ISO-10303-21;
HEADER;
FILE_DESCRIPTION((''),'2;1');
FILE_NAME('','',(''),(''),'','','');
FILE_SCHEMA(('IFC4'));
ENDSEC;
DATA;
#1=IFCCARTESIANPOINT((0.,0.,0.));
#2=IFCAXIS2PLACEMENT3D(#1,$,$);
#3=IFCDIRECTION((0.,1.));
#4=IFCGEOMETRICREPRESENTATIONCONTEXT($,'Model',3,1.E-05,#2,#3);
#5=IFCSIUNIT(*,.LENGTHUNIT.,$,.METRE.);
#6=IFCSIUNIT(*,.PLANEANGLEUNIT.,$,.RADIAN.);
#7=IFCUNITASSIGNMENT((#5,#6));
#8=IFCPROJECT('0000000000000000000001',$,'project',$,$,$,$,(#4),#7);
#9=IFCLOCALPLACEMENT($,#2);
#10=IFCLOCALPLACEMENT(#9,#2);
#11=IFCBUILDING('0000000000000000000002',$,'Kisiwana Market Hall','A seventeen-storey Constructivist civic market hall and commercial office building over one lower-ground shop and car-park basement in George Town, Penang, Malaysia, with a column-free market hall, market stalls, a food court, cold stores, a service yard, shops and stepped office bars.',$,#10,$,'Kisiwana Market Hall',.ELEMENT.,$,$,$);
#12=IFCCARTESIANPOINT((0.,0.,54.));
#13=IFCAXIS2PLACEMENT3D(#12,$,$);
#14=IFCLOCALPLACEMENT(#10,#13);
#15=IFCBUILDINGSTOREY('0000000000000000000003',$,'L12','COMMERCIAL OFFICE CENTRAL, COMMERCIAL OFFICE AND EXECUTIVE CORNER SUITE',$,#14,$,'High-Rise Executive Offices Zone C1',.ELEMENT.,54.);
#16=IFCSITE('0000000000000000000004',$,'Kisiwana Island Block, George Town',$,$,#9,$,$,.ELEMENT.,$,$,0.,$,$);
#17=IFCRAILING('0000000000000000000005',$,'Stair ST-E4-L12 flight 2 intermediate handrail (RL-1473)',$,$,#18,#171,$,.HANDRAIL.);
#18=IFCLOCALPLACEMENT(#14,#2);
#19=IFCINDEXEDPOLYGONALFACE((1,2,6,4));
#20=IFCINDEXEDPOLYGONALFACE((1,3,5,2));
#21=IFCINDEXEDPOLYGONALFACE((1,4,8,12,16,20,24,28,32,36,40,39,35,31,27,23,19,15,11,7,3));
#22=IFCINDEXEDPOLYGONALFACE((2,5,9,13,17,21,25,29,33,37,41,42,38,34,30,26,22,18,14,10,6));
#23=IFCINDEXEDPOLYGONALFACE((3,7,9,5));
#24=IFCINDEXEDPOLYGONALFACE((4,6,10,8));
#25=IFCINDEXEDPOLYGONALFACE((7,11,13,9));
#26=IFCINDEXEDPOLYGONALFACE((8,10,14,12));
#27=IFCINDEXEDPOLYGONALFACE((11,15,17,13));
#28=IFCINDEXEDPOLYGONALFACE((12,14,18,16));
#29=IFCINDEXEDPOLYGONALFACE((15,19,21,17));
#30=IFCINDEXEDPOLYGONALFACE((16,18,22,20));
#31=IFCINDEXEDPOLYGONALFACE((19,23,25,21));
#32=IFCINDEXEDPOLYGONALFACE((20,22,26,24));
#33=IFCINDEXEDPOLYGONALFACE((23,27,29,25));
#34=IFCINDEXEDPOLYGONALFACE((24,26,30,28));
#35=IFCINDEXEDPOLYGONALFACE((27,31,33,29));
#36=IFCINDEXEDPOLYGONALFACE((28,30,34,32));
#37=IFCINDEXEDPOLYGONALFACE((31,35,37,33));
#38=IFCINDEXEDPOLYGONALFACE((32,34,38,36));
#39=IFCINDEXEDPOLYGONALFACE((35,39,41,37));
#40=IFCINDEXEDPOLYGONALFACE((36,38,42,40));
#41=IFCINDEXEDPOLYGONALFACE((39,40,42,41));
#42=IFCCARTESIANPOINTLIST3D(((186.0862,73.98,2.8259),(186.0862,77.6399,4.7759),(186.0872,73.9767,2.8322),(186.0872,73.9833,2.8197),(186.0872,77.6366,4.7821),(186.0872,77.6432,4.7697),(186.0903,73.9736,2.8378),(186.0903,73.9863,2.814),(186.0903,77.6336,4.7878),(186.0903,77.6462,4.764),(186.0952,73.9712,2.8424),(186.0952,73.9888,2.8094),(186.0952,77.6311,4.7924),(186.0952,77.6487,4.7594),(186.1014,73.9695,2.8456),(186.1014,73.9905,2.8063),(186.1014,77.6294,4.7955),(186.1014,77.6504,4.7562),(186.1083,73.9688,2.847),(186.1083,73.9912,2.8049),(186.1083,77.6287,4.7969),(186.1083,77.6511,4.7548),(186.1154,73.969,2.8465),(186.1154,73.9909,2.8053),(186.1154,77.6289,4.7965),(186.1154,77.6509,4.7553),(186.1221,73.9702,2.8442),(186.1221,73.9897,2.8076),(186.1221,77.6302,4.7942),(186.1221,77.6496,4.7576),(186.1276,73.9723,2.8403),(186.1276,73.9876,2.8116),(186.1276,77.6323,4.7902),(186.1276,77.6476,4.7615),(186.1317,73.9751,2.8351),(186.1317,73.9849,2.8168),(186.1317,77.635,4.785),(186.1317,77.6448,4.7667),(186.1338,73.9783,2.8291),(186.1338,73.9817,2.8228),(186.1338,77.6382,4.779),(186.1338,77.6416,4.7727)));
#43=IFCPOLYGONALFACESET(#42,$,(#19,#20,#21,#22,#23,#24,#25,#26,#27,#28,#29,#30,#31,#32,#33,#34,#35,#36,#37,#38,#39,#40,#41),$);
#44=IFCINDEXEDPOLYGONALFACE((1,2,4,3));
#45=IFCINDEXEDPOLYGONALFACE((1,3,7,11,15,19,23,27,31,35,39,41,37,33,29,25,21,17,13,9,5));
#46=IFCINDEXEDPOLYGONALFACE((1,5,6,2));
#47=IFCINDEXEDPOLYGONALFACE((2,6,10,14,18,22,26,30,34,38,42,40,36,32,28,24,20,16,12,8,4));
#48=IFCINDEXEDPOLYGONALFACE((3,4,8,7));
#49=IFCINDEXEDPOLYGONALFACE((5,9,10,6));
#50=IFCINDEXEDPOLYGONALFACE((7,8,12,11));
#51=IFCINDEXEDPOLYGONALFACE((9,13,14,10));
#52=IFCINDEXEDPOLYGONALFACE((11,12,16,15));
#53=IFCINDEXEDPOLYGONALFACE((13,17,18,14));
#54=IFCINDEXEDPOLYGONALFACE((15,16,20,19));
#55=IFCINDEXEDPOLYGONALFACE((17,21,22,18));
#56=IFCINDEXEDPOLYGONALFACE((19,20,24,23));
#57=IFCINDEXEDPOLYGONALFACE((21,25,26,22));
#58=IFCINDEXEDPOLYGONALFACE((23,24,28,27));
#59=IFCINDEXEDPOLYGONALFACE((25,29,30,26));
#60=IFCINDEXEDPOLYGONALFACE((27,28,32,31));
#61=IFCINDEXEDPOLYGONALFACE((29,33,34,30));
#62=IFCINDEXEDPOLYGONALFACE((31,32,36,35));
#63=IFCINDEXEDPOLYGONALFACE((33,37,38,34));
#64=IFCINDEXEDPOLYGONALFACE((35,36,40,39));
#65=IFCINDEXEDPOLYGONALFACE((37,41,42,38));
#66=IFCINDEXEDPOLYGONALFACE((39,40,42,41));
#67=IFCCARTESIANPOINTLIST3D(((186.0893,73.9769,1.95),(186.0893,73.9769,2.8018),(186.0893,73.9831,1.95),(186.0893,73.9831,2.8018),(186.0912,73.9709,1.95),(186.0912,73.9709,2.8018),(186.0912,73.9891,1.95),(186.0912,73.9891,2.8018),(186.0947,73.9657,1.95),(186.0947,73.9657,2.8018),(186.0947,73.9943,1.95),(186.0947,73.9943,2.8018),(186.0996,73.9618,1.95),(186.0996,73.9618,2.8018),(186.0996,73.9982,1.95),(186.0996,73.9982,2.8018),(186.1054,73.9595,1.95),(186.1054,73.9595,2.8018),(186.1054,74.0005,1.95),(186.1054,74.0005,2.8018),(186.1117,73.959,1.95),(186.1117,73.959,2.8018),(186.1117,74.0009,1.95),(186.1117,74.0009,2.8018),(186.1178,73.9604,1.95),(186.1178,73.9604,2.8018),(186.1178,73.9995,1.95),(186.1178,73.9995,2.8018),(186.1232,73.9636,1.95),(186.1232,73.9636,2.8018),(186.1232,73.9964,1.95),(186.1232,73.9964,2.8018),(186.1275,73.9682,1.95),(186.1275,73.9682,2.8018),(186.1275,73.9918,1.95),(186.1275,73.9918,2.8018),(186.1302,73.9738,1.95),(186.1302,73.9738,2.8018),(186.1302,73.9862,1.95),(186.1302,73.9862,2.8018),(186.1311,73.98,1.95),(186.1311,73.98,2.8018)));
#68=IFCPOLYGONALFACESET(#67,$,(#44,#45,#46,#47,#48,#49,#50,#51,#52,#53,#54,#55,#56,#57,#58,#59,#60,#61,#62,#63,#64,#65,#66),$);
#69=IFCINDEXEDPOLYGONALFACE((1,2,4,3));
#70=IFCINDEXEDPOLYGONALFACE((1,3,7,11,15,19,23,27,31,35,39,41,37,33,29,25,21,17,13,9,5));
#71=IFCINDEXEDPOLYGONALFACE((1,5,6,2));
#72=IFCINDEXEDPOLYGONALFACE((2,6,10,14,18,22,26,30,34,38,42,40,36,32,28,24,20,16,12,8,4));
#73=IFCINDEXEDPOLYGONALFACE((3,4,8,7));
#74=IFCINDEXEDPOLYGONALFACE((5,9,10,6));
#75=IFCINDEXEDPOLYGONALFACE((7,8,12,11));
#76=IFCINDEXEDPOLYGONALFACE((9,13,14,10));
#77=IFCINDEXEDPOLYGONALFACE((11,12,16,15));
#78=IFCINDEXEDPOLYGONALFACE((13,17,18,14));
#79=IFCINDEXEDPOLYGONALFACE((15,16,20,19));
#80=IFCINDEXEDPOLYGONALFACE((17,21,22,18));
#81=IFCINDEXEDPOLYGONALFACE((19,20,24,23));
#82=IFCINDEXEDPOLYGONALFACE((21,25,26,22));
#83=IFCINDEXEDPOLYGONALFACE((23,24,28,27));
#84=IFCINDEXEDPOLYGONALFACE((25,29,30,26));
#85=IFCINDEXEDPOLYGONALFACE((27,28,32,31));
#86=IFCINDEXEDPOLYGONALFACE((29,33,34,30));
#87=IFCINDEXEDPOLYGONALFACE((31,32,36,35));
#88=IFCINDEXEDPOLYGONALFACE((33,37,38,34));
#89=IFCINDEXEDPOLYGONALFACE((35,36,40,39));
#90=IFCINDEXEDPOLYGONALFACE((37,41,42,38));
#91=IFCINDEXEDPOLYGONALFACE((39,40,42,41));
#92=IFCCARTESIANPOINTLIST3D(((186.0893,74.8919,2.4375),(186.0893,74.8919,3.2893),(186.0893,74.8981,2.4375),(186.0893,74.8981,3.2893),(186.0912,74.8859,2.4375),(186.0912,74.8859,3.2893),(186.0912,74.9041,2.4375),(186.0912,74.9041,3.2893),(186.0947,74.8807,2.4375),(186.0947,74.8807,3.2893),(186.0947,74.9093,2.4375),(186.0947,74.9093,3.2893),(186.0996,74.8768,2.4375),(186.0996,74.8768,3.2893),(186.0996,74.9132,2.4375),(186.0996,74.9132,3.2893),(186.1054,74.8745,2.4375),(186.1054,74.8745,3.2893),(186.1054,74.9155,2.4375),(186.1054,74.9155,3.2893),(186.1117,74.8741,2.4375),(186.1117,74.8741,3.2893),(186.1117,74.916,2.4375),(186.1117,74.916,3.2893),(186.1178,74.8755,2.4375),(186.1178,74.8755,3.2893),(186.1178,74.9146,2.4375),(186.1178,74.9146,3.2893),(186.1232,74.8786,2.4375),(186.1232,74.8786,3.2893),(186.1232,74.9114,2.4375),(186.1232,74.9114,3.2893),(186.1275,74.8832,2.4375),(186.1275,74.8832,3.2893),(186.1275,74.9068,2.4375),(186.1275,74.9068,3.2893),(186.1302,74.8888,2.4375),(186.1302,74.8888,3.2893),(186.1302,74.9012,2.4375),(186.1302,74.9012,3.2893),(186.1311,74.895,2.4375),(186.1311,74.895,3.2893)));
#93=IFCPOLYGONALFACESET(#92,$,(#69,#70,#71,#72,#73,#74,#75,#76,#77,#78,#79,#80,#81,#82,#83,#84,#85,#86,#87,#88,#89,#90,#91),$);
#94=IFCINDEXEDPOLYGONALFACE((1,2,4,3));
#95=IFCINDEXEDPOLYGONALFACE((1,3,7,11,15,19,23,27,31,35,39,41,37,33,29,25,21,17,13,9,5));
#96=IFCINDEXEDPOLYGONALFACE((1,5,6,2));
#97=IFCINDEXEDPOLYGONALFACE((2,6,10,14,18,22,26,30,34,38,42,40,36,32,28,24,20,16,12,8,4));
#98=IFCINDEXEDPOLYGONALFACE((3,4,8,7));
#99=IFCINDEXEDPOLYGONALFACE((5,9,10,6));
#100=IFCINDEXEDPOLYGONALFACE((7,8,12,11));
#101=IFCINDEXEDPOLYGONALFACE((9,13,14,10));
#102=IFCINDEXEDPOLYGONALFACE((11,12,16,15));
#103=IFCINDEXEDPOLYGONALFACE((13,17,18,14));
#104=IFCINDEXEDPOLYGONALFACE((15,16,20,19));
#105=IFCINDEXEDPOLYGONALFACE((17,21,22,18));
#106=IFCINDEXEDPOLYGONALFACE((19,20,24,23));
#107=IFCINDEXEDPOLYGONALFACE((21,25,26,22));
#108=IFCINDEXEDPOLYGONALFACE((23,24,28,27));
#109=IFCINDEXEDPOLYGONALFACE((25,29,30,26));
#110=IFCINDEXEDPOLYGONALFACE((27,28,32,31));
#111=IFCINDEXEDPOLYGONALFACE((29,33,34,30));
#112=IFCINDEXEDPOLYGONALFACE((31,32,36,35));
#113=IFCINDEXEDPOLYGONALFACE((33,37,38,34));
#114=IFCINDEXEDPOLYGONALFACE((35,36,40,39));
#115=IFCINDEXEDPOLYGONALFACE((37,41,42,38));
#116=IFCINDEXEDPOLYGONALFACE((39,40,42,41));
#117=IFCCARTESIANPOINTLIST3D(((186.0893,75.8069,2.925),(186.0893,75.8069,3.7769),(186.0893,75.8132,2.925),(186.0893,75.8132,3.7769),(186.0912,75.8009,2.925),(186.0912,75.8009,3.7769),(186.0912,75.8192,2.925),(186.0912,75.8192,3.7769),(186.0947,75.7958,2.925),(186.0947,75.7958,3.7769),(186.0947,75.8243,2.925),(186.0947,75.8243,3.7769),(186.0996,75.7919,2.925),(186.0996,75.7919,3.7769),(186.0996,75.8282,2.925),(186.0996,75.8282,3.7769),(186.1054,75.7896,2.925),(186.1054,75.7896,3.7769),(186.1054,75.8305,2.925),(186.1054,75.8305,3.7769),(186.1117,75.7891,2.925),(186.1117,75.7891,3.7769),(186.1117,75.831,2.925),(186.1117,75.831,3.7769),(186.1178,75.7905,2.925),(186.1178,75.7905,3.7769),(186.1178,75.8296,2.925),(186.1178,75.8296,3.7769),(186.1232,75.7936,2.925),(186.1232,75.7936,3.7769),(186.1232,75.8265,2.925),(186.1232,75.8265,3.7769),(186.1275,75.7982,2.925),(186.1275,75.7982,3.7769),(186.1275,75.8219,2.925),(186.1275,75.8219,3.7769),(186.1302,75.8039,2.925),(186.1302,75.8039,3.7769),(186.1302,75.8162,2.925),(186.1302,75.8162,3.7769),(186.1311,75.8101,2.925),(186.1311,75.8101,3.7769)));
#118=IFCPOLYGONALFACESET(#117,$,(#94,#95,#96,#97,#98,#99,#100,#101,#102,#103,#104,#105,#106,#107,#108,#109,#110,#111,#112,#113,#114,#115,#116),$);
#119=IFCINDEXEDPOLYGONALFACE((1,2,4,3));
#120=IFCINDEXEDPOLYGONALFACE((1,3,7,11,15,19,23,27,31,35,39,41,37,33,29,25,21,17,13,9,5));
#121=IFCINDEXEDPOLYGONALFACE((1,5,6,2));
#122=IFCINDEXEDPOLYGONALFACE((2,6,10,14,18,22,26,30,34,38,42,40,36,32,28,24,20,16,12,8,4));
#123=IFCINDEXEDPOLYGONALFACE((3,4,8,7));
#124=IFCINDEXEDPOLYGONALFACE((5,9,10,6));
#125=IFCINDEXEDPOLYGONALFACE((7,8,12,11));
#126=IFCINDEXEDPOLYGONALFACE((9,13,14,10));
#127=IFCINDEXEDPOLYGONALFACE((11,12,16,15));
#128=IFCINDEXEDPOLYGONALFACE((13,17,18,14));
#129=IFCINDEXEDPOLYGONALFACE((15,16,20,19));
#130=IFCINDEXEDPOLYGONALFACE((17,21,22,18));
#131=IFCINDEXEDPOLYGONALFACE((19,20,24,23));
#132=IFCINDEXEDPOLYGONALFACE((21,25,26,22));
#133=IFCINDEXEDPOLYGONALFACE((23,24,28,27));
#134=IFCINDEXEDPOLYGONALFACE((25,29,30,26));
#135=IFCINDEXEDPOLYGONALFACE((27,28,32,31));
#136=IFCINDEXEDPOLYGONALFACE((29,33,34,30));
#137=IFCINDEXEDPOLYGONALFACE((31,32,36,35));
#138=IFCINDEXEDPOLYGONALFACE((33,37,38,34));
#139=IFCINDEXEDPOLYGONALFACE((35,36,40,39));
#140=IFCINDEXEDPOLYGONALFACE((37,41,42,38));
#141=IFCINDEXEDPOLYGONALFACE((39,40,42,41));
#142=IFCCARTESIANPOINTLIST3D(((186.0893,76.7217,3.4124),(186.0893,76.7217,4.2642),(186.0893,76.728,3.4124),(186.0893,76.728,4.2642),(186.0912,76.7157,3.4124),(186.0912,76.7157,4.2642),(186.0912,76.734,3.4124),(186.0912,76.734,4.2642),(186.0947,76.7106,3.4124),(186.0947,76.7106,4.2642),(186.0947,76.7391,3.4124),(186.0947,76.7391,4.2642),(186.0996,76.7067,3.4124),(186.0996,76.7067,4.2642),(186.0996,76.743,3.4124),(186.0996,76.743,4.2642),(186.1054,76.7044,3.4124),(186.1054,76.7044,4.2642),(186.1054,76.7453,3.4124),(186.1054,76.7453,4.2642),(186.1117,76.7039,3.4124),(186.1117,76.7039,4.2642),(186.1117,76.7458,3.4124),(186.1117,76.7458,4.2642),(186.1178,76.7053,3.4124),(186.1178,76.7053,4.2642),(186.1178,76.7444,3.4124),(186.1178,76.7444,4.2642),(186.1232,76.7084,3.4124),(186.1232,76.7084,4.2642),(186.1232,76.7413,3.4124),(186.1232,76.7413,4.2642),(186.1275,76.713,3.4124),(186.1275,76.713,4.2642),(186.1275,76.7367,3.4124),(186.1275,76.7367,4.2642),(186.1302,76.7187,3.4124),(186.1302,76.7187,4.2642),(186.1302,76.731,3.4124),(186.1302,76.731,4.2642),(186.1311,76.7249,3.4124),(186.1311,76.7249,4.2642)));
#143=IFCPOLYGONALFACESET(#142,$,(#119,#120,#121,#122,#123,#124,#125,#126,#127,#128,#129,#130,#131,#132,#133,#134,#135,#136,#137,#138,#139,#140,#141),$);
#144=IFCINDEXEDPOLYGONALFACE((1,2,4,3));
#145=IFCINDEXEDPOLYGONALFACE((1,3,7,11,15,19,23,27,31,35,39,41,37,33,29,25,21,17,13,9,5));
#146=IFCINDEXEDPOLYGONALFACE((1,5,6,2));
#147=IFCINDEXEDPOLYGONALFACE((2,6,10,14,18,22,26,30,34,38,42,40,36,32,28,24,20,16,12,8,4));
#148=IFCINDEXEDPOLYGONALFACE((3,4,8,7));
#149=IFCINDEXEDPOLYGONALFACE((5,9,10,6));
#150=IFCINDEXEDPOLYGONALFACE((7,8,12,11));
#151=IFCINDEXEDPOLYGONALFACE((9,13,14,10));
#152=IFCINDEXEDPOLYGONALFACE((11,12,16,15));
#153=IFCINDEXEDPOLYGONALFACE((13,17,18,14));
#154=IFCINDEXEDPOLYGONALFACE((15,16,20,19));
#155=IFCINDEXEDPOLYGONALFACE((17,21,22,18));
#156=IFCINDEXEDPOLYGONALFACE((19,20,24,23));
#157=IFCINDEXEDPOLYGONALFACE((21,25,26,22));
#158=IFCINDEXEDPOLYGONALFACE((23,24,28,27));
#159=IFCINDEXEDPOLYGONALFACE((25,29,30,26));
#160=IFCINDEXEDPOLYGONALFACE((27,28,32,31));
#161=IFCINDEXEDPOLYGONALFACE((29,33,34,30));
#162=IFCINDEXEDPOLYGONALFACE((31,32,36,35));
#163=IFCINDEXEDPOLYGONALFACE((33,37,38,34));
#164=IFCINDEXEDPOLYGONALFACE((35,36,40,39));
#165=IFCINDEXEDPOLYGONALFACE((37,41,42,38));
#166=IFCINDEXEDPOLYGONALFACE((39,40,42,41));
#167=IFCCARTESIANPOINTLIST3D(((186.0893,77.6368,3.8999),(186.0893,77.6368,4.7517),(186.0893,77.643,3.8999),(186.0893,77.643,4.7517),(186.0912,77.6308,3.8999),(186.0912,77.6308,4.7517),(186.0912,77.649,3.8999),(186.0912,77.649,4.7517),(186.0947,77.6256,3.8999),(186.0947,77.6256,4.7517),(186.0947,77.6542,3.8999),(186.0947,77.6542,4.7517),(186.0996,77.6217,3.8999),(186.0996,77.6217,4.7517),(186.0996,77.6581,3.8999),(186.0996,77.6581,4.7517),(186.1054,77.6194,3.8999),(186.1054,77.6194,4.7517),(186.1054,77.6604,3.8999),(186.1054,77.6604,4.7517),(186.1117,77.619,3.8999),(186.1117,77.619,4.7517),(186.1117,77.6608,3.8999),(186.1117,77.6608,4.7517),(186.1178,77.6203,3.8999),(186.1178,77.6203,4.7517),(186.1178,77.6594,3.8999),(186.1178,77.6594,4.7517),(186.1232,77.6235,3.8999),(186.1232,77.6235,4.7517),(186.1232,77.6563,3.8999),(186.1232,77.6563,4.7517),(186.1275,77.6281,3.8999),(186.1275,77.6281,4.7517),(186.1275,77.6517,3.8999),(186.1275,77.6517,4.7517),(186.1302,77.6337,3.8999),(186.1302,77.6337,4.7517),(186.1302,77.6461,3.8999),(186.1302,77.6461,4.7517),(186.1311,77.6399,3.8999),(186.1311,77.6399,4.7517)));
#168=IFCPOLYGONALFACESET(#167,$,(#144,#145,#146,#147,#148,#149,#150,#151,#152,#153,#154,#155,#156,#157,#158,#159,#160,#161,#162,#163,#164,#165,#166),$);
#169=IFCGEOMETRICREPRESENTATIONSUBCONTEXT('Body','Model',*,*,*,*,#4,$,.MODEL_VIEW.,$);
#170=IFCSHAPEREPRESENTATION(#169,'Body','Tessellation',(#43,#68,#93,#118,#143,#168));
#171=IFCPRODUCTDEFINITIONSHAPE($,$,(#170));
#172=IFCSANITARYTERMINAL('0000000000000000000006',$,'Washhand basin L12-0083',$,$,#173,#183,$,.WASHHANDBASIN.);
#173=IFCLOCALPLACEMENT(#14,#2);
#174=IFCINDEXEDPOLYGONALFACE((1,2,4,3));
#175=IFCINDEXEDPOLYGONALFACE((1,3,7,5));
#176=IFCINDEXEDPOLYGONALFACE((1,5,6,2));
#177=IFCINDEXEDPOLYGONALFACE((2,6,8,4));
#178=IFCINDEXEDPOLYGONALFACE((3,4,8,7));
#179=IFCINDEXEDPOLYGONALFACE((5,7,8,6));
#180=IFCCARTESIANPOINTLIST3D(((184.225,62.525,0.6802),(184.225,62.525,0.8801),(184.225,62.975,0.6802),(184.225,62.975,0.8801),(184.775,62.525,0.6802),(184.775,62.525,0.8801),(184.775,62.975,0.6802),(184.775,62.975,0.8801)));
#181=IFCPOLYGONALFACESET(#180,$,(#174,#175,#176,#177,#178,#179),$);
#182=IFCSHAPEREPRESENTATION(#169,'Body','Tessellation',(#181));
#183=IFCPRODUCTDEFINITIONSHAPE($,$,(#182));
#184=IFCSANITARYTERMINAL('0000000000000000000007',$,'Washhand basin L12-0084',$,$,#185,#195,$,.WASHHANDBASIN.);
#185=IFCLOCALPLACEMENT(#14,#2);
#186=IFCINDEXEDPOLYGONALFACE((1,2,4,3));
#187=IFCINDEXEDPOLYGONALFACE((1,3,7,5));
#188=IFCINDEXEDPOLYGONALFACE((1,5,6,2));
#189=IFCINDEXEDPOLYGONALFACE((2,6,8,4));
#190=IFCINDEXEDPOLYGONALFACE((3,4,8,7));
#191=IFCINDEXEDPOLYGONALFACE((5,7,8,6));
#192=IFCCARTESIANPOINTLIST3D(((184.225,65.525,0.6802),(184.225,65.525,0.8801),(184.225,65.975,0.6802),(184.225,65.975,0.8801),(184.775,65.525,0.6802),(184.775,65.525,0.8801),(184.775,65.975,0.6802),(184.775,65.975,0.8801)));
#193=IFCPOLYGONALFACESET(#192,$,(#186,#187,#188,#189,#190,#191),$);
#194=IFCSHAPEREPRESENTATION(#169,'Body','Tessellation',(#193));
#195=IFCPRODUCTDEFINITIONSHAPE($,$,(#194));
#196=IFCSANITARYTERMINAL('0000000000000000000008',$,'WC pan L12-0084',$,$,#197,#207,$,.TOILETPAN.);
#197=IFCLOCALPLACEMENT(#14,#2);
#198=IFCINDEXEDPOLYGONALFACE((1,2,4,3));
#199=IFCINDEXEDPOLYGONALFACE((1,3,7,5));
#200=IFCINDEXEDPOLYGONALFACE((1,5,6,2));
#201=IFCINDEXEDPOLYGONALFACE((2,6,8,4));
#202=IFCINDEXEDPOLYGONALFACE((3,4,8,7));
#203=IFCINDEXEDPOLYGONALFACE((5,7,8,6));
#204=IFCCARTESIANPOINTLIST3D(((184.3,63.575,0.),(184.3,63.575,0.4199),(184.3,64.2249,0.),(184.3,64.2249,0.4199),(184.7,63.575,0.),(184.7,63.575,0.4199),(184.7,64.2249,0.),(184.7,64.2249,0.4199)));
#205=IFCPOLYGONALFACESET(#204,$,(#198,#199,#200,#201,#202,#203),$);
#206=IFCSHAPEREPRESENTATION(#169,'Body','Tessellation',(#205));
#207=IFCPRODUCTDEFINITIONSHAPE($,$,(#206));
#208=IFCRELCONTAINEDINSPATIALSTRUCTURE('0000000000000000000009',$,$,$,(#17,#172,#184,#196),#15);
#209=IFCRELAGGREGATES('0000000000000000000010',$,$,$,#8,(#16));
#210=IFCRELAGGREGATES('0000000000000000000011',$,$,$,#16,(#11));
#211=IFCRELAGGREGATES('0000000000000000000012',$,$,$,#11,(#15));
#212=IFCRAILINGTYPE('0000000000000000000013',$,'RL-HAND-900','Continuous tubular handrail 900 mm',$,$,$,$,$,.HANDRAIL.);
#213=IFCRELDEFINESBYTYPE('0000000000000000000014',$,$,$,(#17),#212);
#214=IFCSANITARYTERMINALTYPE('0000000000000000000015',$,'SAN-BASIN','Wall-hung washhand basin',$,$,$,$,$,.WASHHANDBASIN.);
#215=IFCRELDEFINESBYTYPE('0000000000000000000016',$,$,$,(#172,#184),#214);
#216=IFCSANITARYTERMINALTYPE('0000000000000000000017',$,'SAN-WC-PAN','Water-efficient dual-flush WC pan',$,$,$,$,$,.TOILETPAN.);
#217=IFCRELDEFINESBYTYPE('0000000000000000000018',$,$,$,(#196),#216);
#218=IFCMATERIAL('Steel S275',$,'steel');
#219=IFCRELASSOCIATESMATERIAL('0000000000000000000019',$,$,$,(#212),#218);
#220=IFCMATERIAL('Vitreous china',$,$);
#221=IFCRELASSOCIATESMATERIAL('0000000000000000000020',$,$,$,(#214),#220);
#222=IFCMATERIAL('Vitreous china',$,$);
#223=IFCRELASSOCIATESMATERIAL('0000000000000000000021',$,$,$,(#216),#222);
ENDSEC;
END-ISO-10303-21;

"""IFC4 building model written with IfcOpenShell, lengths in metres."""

from ifc_helpers import new_model, si_unit, direction, frame, origin, origin_2d, place, context, subcontext, project, spatial, rectangle, circle, extrude, material, type_object, element, save


model = new_model("IFC4")

# Units and contexts
model_context = context("Model", 3, precision=1e-05, world=origin(), true_north=direction((0.0, 1.0)))
body_context = subcontext(model_context, "Body", "Model", "MODEL_VIEW")
ifc_project = project(units=[si_unit("LENGTHUNIT", "METRE"), si_unit("PLANEANGLEUNIT", "RADIAN")], contexts=[model_context])

# Site, building, storey
site_placement = place(None, origin())
site = spatial("IfcSite", under=ifc_project, at=site_placement, Name="Kisiwana Island Block, George Town", CompositionType="ELEMENT", RefElevation=0.0)
building_placement = place(site_placement, origin())
building = spatial("IfcBuilding", under=site, at=building_placement, Name="Kisiwana Market Hall", Description="A seventeen-storey Constructivist civic market hall and commercial office building over one lower-ground shop and car-park basement in George Town, Penang, Malaysia, with a column-free market hall, market stalls, a food court, cold stores, a service yard, shops and stepped office bars.", LongName="Kisiwana Market Hall", CompositionType="ELEMENT")
storey_placement = place(building_placement, frame((0.0, 0.0, 54.0)))
storey = spatial("IfcBuildingStorey", under=building, at=storey_placement, Name="L12", Description="COMMERCIAL OFFICE CENTRAL, COMMERCIAL OFFICE AND EXECUTIVE CORNER SUITE", LongName="High-Rise Executive Offices Zone C1", CompositionType="ELEMENT", Elevation=54.0)

# Railing
ifc_material_1 = material(Name="Steel S275", Category="steel")
railing_type_1 = type_object("IfcRailingType", Name="RL-HAND-900", Description="Continuous tubular handrail 900 mm", PredefinedType="HANDRAIL", material=ifc_material_1)
railing_1_placement = place(storey_placement, frame((186.1101, 73.98, 1.95)))
element("IfcRailing", 1, at=railing_1_placement, inside=storey, type_object=railing_type_1, Name="Stair ST-E4-L12 flight 2 intermediate handrail (RL-1473)", PredefinedType="HANDRAIL", context=body_context, shape_type="SweptSolid", body=[
    extrude(circle(Radius=0.0239, at=origin_2d()), frame((0.0, 0.0, 0.876), z_axis=(0.0, 0.882553, 0.470212), x_axis=(-1.0, 0.0, 0.0)), (0.0, 0.0, 1.0), 4.147),
    extrude(circle(Radius=0.021, at=origin_2d()), origin(), (0.0, 0.0, 1.0), 0.8518),
    extrude(circle(Radius=0.021, at=origin_2d()), frame((0.0, 0.915, 0.4875)), (0.0, 0.0, 1.0), 0.8518),
    extrude(circle(Radius=0.021, at=origin_2d()), frame((0.0, 1.8301, 0.9751)), (0.0, 0.0, 1.0), 0.8518),
    extrude(circle(Radius=0.021, at=origin_2d()), frame((0.0, 2.7449, 1.4624)), (0.0, 0.0, 1.0), 0.8518),
    extrude(circle(Radius=0.021, at=origin_2d()), frame((0.0, 3.6599, 1.95)), (0.0, 0.0, 1.0), 0.8518),
])

# Sanitary terminals
ifc_material_2 = material(Name="Vitreous china")
sanitary_terminal_type_1 = type_object("IfcSanitaryTerminalType", Name="SAN-BASIN", Description="Wall-hung washhand basin", PredefinedType="WASHHANDBASIN", material=ifc_material_2)
for number, where, z_axis, x_axis, name in (
    (2, (184.5, 62.75, 0.6802), (0.0, 0.0, 1.0), (1.0, 0.0, 0.0), "Washhand basin L12-0083"),
    (3, (184.5, 65.75, 0.6802), (0.0, 0.0, 1.0), (1.0, 0.0, 0.0), "Washhand basin L12-0084"),
):
    element("IfcSanitaryTerminal", number, at=place(storey_placement, frame(where, z_axis=z_axis, x_axis=x_axis)), inside=storey, type_object=sanitary_terminal_type_1, Name=name, PredefinedType="WASHHANDBASIN", context=body_context, shape_type="SweptSolid", body=[
        extrude(rectangle(XDim=0.55, YDim=0.45, at=origin_2d()), origin(), (0.0, 0.0, 1.0), 0.2),
    ])
ifc_material_3 = material(Name="Vitreous china")
sanitary_terminal_type_2 = type_object("IfcSanitaryTerminalType", Name="SAN-WC-PAN", Description="Water-efficient dual-flush WC pan", PredefinedType="TOILETPAN", material=ifc_material_3)
sanitary_terminal_placement = place(storey_placement, frame((184.5, 63.8999, 0.0), z_axis=(0.0, 0.0, 1.0), x_axis=(1.0, 0.0, 0.0)))
element("IfcSanitaryTerminal", 4, at=sanitary_terminal_placement, inside=storey, type_object=sanitary_terminal_type_2, Name="WC pan L12-0084", PredefinedType="TOILETPAN", context=body_context, shape_type="SweptSolid", body=[
    extrude(rectangle(XDim=0.3999, YDim=0.6499, at=origin_2d()), origin(), (0.0, 0.0, 1.0), 0.4199),
])

save(model, "model.ifc")
